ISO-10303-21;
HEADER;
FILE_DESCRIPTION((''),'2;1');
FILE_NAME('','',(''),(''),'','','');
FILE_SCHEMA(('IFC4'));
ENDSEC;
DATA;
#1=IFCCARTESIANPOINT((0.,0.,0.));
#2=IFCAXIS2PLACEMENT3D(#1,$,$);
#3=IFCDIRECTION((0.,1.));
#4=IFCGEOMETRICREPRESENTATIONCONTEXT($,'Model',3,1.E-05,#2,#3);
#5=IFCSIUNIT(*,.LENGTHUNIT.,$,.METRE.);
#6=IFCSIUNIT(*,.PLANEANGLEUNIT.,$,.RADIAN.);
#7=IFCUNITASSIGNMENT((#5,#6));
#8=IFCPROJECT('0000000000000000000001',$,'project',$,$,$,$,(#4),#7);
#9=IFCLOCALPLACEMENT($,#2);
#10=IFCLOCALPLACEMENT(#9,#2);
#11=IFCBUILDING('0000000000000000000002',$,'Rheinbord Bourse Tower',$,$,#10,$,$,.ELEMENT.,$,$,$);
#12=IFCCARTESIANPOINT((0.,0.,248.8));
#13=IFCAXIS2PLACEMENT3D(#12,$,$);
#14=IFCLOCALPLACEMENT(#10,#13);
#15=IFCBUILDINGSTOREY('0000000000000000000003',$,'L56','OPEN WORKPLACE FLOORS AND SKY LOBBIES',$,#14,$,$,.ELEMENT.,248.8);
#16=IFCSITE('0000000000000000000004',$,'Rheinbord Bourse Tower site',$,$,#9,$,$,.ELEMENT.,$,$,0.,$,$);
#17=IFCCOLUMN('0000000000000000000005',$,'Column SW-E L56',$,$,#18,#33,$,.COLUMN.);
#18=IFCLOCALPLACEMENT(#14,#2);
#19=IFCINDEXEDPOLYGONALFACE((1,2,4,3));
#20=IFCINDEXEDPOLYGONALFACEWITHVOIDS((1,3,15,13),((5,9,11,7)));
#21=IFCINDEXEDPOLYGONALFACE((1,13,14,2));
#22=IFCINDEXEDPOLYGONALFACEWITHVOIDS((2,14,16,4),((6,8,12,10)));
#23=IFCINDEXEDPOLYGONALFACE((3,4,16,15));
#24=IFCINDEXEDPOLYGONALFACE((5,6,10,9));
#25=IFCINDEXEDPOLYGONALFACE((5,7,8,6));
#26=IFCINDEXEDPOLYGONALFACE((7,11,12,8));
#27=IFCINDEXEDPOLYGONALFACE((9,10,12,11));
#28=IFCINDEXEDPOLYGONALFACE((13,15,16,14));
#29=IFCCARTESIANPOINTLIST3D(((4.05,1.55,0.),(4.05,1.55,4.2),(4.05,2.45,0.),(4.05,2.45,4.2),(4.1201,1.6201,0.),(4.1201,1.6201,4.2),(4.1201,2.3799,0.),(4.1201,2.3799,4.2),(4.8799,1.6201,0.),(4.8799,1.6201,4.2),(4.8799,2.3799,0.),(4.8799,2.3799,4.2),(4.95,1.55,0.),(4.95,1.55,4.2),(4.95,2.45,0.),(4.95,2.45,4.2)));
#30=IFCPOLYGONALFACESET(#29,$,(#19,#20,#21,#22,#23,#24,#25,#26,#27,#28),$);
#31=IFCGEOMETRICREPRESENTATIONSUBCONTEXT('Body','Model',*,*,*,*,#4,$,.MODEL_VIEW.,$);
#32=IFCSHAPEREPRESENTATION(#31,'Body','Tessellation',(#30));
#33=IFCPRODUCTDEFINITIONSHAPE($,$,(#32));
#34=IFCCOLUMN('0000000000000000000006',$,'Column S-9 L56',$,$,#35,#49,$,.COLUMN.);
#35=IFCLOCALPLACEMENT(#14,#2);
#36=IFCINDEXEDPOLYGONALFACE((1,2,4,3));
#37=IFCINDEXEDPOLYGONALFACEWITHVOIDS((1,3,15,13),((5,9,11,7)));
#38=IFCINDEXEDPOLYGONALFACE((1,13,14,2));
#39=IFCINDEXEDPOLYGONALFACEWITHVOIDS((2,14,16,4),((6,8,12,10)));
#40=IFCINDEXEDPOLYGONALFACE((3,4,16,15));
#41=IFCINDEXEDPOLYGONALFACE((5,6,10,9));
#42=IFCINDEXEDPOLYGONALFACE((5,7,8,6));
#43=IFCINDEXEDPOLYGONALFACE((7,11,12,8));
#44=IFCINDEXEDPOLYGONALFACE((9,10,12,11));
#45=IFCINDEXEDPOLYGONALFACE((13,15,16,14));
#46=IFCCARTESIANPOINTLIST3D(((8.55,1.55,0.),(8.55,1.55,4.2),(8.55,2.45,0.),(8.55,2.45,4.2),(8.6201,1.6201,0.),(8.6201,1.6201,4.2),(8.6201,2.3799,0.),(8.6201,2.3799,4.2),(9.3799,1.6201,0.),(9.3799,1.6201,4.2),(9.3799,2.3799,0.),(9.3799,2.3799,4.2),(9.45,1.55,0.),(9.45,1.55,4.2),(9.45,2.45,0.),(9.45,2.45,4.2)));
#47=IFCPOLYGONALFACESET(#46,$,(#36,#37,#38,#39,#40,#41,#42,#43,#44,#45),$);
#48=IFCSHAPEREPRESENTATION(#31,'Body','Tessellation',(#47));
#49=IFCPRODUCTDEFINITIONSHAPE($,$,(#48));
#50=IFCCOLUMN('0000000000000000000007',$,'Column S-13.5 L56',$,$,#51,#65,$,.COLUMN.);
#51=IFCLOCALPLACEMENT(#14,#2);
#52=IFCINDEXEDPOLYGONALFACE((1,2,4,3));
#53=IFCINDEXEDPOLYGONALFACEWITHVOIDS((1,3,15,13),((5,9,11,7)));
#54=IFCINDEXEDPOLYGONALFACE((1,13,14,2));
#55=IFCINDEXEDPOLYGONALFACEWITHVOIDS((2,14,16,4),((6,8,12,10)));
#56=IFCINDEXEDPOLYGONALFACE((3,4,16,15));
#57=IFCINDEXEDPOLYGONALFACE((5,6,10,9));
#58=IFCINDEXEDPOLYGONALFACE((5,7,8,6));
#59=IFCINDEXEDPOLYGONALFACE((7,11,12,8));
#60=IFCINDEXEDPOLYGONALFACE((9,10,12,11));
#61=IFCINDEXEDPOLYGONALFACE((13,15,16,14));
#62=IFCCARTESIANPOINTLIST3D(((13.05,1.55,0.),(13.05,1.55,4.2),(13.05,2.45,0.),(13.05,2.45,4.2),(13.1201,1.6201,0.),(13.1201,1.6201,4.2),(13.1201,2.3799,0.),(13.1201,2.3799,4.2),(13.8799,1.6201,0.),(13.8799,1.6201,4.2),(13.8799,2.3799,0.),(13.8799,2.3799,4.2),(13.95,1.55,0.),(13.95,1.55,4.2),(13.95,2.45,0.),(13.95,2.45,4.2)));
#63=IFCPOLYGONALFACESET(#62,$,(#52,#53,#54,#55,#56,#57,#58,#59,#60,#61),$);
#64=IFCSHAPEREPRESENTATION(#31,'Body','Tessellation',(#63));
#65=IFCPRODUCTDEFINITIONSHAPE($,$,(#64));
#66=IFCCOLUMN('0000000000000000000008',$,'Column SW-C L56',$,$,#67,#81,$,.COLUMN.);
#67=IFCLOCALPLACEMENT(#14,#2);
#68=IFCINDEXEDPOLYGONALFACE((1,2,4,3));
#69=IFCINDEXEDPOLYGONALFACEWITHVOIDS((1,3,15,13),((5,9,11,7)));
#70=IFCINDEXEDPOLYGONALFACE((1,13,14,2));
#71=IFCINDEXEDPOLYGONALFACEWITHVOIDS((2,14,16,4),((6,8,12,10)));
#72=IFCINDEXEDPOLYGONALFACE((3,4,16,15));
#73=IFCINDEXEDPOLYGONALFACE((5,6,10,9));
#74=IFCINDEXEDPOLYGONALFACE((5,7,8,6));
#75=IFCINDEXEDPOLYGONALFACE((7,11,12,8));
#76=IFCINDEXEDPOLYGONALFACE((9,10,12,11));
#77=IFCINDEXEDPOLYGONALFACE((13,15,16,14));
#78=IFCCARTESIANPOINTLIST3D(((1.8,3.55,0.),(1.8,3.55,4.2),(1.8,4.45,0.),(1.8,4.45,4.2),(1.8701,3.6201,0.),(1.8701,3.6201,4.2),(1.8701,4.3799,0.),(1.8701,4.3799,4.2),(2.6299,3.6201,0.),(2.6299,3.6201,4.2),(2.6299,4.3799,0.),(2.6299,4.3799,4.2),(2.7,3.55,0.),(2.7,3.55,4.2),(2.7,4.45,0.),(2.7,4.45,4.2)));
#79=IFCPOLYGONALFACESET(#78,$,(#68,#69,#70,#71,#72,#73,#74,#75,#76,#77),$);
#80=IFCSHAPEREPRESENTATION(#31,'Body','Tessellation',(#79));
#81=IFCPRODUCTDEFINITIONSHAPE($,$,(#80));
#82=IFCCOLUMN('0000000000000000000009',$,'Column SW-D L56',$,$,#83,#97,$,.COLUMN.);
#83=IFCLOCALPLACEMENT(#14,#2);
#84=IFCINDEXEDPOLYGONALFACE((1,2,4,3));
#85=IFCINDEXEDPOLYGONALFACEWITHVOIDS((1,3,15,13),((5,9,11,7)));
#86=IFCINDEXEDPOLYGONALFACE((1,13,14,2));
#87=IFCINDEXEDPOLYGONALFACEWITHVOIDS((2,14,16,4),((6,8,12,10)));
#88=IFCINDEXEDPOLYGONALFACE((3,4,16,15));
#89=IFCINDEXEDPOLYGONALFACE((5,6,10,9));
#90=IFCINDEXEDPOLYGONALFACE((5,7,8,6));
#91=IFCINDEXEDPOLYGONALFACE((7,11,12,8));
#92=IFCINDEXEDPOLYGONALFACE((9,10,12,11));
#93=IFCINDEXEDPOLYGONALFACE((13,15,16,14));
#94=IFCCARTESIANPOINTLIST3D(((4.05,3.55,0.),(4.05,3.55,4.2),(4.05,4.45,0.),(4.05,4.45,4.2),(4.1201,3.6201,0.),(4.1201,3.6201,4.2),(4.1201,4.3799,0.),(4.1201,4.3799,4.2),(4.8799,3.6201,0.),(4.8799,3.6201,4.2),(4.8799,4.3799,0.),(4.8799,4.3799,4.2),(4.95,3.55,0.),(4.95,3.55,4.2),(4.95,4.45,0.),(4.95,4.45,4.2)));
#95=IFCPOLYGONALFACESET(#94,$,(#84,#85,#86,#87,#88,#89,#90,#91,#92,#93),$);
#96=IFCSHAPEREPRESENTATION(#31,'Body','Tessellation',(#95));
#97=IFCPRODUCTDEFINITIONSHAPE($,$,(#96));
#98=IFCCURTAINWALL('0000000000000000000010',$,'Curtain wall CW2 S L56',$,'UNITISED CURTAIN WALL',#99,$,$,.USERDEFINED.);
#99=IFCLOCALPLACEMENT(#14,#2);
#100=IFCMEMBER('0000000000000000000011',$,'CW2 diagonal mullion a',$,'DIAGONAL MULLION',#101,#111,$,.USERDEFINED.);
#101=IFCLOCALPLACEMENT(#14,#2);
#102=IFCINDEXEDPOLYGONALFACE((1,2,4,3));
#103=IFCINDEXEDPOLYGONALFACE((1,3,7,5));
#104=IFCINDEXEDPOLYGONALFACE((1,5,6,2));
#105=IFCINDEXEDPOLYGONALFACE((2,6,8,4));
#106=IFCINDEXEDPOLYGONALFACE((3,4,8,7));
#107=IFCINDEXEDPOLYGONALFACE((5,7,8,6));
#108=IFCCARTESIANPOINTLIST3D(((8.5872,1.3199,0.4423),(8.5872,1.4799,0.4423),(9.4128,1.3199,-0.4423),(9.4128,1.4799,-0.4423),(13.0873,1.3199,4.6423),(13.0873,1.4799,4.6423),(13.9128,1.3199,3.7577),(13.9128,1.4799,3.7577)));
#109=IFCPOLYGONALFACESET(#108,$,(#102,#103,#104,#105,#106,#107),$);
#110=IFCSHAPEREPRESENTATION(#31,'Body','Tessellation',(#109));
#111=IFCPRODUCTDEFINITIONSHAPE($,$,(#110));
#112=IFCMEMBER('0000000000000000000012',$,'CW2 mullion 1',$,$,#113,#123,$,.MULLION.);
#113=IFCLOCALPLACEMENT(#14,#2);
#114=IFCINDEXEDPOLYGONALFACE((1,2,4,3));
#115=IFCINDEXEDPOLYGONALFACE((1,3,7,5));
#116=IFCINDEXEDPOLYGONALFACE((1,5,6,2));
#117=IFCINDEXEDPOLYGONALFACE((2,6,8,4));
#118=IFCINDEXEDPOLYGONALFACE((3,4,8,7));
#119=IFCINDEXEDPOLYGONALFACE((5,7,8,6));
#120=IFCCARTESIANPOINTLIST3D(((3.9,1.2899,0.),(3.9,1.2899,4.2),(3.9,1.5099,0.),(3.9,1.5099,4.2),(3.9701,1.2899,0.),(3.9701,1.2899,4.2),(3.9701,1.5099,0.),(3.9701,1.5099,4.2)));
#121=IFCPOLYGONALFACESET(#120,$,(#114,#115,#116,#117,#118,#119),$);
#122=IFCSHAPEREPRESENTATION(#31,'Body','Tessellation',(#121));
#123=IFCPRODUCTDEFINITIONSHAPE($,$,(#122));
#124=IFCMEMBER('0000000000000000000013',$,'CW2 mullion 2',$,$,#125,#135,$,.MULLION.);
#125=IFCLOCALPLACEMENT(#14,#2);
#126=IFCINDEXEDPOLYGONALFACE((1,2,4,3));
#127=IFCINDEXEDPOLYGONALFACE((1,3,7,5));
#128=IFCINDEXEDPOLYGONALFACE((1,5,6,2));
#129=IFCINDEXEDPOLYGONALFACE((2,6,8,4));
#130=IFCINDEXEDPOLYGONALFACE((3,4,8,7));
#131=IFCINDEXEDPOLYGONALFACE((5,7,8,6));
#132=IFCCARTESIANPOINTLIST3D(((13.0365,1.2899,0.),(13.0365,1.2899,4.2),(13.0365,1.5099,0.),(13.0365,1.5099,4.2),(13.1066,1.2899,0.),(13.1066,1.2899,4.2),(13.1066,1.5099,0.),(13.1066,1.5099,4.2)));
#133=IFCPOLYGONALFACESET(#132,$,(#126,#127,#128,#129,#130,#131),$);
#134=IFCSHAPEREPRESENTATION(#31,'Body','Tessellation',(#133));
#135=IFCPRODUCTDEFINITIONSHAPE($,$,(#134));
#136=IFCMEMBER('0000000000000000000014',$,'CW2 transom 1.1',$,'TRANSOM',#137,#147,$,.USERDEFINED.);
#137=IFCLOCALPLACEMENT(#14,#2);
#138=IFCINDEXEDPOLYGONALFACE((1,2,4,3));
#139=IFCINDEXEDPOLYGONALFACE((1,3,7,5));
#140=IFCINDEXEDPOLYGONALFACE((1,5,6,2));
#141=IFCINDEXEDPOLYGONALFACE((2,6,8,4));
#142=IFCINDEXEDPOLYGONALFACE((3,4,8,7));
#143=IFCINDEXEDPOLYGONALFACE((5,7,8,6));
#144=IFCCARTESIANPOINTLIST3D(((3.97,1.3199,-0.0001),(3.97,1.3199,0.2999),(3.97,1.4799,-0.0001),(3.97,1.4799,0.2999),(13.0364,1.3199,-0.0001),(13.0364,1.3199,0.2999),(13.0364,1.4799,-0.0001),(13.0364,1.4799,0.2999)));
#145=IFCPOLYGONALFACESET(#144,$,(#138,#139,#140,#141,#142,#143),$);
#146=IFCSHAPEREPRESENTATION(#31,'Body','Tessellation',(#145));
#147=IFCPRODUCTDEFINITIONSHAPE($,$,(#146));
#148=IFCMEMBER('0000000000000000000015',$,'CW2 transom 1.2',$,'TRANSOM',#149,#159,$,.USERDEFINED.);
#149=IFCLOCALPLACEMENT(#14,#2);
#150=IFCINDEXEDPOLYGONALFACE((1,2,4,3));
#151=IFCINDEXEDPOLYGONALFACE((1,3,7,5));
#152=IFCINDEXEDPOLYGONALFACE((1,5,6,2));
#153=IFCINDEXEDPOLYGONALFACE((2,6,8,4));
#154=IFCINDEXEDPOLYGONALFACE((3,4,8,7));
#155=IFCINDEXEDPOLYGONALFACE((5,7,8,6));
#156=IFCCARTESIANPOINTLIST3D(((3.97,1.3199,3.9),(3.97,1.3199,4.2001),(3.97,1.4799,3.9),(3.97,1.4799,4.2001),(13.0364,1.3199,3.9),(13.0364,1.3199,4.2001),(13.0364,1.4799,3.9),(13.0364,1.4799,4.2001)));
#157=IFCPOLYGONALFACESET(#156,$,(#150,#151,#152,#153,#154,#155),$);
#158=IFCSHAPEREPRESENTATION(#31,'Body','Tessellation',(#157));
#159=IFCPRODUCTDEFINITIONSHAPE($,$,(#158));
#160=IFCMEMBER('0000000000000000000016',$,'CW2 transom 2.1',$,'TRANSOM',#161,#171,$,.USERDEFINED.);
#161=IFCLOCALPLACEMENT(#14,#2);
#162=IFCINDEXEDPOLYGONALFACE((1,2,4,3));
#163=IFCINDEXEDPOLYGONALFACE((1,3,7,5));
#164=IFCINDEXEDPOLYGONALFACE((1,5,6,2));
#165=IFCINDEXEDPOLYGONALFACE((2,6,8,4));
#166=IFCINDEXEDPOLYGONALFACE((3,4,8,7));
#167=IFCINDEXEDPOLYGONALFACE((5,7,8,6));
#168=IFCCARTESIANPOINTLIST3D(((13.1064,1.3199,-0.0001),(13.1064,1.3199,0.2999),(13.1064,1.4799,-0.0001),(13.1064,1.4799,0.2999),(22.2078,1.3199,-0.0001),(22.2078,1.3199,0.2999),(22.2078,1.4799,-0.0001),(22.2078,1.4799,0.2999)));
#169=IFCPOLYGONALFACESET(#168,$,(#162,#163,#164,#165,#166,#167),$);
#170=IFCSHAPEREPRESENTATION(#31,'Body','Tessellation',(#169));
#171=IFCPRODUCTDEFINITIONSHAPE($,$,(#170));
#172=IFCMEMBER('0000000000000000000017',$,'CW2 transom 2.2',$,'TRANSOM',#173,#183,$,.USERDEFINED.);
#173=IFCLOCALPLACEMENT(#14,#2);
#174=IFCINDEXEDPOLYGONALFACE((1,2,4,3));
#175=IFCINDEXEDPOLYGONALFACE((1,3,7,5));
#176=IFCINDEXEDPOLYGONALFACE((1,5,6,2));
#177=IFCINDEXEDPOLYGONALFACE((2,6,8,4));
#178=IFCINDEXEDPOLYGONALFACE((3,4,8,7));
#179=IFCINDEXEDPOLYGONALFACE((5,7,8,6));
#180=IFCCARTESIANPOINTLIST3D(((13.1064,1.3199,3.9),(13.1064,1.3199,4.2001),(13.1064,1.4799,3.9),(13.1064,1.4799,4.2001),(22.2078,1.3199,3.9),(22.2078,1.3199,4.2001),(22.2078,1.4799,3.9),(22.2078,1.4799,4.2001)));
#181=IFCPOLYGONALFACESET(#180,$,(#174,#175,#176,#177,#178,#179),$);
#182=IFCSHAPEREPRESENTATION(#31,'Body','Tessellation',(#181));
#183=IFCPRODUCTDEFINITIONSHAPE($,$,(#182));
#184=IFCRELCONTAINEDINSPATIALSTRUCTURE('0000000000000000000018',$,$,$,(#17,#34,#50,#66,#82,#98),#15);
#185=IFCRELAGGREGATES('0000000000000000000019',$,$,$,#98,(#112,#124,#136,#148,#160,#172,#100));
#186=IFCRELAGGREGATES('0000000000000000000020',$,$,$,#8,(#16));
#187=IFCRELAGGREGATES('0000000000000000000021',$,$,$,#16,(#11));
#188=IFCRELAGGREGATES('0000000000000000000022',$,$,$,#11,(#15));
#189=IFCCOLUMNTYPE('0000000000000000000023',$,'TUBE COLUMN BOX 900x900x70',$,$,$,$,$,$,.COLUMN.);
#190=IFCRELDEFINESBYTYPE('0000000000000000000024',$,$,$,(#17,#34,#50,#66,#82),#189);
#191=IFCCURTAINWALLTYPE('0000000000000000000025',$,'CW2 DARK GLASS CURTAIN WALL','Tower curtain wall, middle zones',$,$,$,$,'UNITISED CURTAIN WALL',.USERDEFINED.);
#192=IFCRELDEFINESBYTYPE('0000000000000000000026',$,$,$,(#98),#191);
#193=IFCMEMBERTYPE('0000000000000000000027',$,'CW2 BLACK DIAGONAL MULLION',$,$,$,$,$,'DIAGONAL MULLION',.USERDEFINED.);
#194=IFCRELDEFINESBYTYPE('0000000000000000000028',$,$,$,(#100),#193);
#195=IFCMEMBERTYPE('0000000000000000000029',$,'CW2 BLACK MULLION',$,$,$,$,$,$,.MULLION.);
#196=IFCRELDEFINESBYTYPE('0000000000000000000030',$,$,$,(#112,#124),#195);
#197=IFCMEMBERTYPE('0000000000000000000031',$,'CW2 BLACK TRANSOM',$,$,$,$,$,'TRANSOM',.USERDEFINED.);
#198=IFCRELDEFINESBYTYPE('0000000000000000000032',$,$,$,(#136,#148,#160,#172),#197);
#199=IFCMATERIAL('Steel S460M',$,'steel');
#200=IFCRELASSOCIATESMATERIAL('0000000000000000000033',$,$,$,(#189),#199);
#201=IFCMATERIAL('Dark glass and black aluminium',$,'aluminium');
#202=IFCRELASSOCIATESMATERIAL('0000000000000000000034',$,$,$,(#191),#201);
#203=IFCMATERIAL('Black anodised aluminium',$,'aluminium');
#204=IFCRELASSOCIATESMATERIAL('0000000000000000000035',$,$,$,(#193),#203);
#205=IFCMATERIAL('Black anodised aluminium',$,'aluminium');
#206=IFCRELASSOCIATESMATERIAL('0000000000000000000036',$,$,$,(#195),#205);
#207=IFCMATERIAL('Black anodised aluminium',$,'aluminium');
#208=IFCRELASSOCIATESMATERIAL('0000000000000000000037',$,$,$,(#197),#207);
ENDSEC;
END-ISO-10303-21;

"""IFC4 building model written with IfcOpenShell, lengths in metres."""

from ifc_helpers import new_model, si_unit, direction, frame, origin, origin_2d, place, context, subcontext, project, spatial, rectangle, hollow_rectangle, extrude, material, material_profile, profile_set, type_object, element, aggregate, save


model = new_model("IFC4")

# Units and contexts
model_context = context("Model", 3, precision=1e-05, world=origin(), true_north=direction((0.0, 1.0)))
body_context = subcontext(model_context, "Body", "Model", "MODEL_VIEW")
ifc_project = project(units=[si_unit("LENGTHUNIT", "METRE"), si_unit("PLANEANGLEUNIT", "RADIAN")], contexts=[model_context])

# Site, building, storey
site_placement = place(None, origin())
site = spatial("IfcSite", under=ifc_project, at=site_placement, Name="Rheinbord Bourse Tower site", CompositionType="ELEMENT", RefElevation=0.0)
building_placement = place(site_placement, origin())
building = spatial("IfcBuilding", under=site, at=building_placement, Name="Rheinbord Bourse Tower", CompositionType="ELEMENT")
storey_placement = place(building_placement, frame((0.0, 0.0, 248.8)))
storey = spatial("IfcBuildingStorey", under=building, at=storey_placement, Name="L56", Description="OPEN WORKPLACE FLOORS AND SKY LOBBIES", CompositionType="ELEMENT", Elevation=248.8)

# Columns
ifc_material_1 = material(Name="Steel S460M", Category="steel")
ifc_material_profile_1 = material_profile(ifc_material_1, hollow_rectangle(XDim=0.8999, YDim=0.8999, WallThickness=0.0701, at=origin_2d()), Name="BOX 900x900x70")
ifc_profile_set_1 = profile_set([ifc_material_profile_1], Name="Steel S460M")
column_type = type_object("IfcColumnType", Name="TUBE COLUMN BOX 900x900x70", PredefinedType="COLUMN", material=ifc_profile_set_1)
for number, where, z_axis, x_axis, name in (
    (1, (4.5, 2.0, 0.0), (0.0, 0.0, 1.0), (0.0, 1.0, 0.0), "Column SW-E L56"),
    (2, (9.0, 2.0, 0.0), (0.0, 0.0, 1.0), (0.0, 1.0, 0.0), "Column S-9 L56"),
    (3, (13.5, 2.0, 0.0), (0.0, 0.0, 1.0), (0.0, 1.0, 0.0), "Column S-13.5 L56"),
    (4, (2.25, 4.0, 0.0), (0.0, 0.0, 1.0), (1.0, 0.0, 0.0), "Column SW-C L56"),
    (5, (4.5, 4.0, 0.0), (0.0, 0.0, 1.0), (0.0, 1.0, 0.0), "Column SW-D L56"),
):
    element("IfcColumn", number, at=place(storey_placement, frame(where, z_axis=z_axis, x_axis=x_axis)), inside=storey, type_object=column_type, Name=name, PredefinedType="COLUMN", context=body_context, shape_type="SweptSolid", body=[
        extrude(hollow_rectangle(XDim=0.8999, YDim=0.8999, WallThickness=0.0701, at=origin_2d()), origin(), (0.0, 0.0, 1.0), 4.2),
    ])

# Curtain wall, members
ifc_material_2 = material(Name="Dark glass and black aluminium", Category="aluminium")
curtain_wall_type = type_object("IfcCurtainWallType", Name="CW2 DARK GLASS CURTAIN WALL", Description="Tower curtain wall, middle zones", ElementType="UNITISED CURTAIN WALL", PredefinedType="USERDEFINED", material=ifc_material_2)
curtain_wall_placement = place(storey_placement, origin())
curtain_wall = element("IfcCurtainWall", 6, at=curtain_wall_placement, inside=storey, type_object=curtain_wall_type, Name="Curtain wall CW2 S L56", ObjectType="UNITISED CURTAIN WALL", PredefinedType="USERDEFINED")
ifc_material_3 = material(Name="Black anodised aluminium", Category="aluminium")
ifc_material_profile_2 = material_profile(ifc_material_3, rectangle(XDim=0.1599, YDim=1.21, at=origin_2d()), Name="CW2 DIAGONAL MULLION 1210x160")
ifc_profile_set_2 = profile_set([ifc_material_profile_2], Name="Black anodised aluminium")
member_type_1 = type_object("IfcMemberType", Name="CW2 BLACK DIAGONAL MULLION", ElementType="DIAGONAL MULLION", PredefinedType="USERDEFINED", material=ifc_profile_set_2)
member_1_placement = place(storey_placement, frame((9.0, 1.3999, 0.0), z_axis=(0.731059, 0.0, 0.682314), x_axis=(0.0, 1.0, 0.0)))
member_1 = element("IfcMember", 7, at=member_1_placement, type_object=member_type_1, Name="CW2 diagonal mullion a", ObjectType="DIAGONAL MULLION", PredefinedType="USERDEFINED", context=body_context, shape_type="SweptSolid", body=[
    extrude(rectangle(XDim=0.1599, YDim=1.21, at=origin_2d()), origin(), (0.0, 0.0, 1.0), 6.1555),
])
ifc_material_4 = material(Name="Black anodised aluminium", Category="aluminium")
ifc_material_profile_3 = material_profile(ifc_material_4, rectangle(XDim=0.22, YDim=0.0701, at=origin_2d()), Name="CW2 MULLION 70x220")
ifc_profile_set_3 = profile_set([ifc_material_profile_3], Name="Black anodised aluminium")
member_type_2 = type_object("IfcMemberType", Name="CW2 BLACK MULLION", PredefinedType="MULLION", material=ifc_profile_set_3)
member_2_placement = place(storey_placement, frame((3.9351, 1.3999, 0.0), z_axis=(0.0, 0.0, 1.0), x_axis=(0.0, 1.0, 0.0)))
member_2 = element("IfcMember", 8, at=member_2_placement, type_object=member_type_2, Name="CW2 mullion 1", PredefinedType="MULLION", context=body_context, shape_type="SweptSolid", body=[
    extrude(rectangle(XDim=0.22, YDim=0.0701, at=origin_2d()), origin(), (0.0, 0.0, 1.0), 4.2),
])
member_3_placement = place(storey_placement, frame((13.0715, 1.3999, 0.0), z_axis=(0.0, 0.0, 1.0), x_axis=(0.0, 1.0, 0.0)))
member_3 = element("IfcMember", 9, at=member_3_placement, type_object=member_type_2, Name="CW2 mullion 2", PredefinedType="MULLION", context=body_context, shape_type="SweptSolid", body=[
    extrude(rectangle(XDim=0.22, YDim=0.0701, at=origin_2d()), origin(), (0.0, 0.0, 1.0), 4.2),
])
ifc_material_5 = material(Name="Black anodised aluminium", Category="aluminium")
ifc_material_profile_4 = material_profile(ifc_material_5, rectangle(XDim=0.1599, YDim=0.3, at=origin_2d()), Name="CW2 TRANSOM 300x160")
ifc_profile_set_4 = profile_set([ifc_material_profile_4], Name="Black anodised aluminium")
member_type_3 = type_object("IfcMemberType", Name="CW2 BLACK TRANSOM", ElementType="TRANSOM", PredefinedType="USERDEFINED", material=ifc_profile_set_4)
member_4_placement = place(storey_placement, frame((3.97, 1.3999, 0.1499), z_axis=(1.0, 0.0, 0.0), x_axis=(0.0, 1.0, 0.0)))
member_4 = element("IfcMember", 10, at=member_4_placement, type_object=member_type_3, Name="CW2 transom 1.1", ObjectType="TRANSOM", PredefinedType="USERDEFINED", context=body_context, shape_type="SweptSolid", body=[
    extrude(rectangle(XDim=0.1599, YDim=0.3, at=origin_2d()), origin(), (0.0, 0.0, 1.0), 9.0664),
])
member_5_placement = place(storey_placement, frame((3.97, 1.3999, 4.05), z_axis=(1.0, 0.0, 0.0), x_axis=(0.0, 1.0, 0.0)))
member_5 = element("IfcMember", 11, at=member_5_placement, type_object=member_type_3, Name="CW2 transom 1.2", ObjectType="TRANSOM", PredefinedType="USERDEFINED", context=body_context, shape_type="SweptSolid", body=[
    extrude(rectangle(XDim=0.1599, YDim=0.3, at=origin_2d()), origin(), (0.0, 0.0, 1.0), 9.0664),
])
member_6_placement = place(storey_placement, frame((13.1064, 1.3999, 0.1499), z_axis=(1.0, 0.0, 0.0), x_axis=(0.0, 1.0, 0.0)))
member_6 = element("IfcMember", 12, at=member_6_placement, type_object=member_type_3, Name="CW2 transom 2.1", ObjectType="TRANSOM", PredefinedType="USERDEFINED", context=body_context, shape_type="SweptSolid", body=[
    extrude(rectangle(XDim=0.1599, YDim=0.3, at=origin_2d()), origin(), (0.0, 0.0, 1.0), 9.1013),
])
member_7_placement = place(storey_placement, frame((13.1064, 1.3999, 4.05), z_axis=(1.0, 0.0, 0.0), x_axis=(0.0, 1.0, 0.0)))
member_7 = element("IfcMember", 13, at=member_7_placement, type_object=member_type_3, Name="CW2 transom 2.2", ObjectType="TRANSOM", PredefinedType="USERDEFINED", context=body_context, shape_type="SweptSolid", body=[
    extrude(rectangle(XDim=0.1599, YDim=0.3, at=origin_2d()), origin(), (0.0, 0.0, 1.0), 9.1013),
])

aggregate(curtain_wall, [member_2, member_3, member_4, member_5, member_6, member_7, member_1])

save(model, "model.ifc")
